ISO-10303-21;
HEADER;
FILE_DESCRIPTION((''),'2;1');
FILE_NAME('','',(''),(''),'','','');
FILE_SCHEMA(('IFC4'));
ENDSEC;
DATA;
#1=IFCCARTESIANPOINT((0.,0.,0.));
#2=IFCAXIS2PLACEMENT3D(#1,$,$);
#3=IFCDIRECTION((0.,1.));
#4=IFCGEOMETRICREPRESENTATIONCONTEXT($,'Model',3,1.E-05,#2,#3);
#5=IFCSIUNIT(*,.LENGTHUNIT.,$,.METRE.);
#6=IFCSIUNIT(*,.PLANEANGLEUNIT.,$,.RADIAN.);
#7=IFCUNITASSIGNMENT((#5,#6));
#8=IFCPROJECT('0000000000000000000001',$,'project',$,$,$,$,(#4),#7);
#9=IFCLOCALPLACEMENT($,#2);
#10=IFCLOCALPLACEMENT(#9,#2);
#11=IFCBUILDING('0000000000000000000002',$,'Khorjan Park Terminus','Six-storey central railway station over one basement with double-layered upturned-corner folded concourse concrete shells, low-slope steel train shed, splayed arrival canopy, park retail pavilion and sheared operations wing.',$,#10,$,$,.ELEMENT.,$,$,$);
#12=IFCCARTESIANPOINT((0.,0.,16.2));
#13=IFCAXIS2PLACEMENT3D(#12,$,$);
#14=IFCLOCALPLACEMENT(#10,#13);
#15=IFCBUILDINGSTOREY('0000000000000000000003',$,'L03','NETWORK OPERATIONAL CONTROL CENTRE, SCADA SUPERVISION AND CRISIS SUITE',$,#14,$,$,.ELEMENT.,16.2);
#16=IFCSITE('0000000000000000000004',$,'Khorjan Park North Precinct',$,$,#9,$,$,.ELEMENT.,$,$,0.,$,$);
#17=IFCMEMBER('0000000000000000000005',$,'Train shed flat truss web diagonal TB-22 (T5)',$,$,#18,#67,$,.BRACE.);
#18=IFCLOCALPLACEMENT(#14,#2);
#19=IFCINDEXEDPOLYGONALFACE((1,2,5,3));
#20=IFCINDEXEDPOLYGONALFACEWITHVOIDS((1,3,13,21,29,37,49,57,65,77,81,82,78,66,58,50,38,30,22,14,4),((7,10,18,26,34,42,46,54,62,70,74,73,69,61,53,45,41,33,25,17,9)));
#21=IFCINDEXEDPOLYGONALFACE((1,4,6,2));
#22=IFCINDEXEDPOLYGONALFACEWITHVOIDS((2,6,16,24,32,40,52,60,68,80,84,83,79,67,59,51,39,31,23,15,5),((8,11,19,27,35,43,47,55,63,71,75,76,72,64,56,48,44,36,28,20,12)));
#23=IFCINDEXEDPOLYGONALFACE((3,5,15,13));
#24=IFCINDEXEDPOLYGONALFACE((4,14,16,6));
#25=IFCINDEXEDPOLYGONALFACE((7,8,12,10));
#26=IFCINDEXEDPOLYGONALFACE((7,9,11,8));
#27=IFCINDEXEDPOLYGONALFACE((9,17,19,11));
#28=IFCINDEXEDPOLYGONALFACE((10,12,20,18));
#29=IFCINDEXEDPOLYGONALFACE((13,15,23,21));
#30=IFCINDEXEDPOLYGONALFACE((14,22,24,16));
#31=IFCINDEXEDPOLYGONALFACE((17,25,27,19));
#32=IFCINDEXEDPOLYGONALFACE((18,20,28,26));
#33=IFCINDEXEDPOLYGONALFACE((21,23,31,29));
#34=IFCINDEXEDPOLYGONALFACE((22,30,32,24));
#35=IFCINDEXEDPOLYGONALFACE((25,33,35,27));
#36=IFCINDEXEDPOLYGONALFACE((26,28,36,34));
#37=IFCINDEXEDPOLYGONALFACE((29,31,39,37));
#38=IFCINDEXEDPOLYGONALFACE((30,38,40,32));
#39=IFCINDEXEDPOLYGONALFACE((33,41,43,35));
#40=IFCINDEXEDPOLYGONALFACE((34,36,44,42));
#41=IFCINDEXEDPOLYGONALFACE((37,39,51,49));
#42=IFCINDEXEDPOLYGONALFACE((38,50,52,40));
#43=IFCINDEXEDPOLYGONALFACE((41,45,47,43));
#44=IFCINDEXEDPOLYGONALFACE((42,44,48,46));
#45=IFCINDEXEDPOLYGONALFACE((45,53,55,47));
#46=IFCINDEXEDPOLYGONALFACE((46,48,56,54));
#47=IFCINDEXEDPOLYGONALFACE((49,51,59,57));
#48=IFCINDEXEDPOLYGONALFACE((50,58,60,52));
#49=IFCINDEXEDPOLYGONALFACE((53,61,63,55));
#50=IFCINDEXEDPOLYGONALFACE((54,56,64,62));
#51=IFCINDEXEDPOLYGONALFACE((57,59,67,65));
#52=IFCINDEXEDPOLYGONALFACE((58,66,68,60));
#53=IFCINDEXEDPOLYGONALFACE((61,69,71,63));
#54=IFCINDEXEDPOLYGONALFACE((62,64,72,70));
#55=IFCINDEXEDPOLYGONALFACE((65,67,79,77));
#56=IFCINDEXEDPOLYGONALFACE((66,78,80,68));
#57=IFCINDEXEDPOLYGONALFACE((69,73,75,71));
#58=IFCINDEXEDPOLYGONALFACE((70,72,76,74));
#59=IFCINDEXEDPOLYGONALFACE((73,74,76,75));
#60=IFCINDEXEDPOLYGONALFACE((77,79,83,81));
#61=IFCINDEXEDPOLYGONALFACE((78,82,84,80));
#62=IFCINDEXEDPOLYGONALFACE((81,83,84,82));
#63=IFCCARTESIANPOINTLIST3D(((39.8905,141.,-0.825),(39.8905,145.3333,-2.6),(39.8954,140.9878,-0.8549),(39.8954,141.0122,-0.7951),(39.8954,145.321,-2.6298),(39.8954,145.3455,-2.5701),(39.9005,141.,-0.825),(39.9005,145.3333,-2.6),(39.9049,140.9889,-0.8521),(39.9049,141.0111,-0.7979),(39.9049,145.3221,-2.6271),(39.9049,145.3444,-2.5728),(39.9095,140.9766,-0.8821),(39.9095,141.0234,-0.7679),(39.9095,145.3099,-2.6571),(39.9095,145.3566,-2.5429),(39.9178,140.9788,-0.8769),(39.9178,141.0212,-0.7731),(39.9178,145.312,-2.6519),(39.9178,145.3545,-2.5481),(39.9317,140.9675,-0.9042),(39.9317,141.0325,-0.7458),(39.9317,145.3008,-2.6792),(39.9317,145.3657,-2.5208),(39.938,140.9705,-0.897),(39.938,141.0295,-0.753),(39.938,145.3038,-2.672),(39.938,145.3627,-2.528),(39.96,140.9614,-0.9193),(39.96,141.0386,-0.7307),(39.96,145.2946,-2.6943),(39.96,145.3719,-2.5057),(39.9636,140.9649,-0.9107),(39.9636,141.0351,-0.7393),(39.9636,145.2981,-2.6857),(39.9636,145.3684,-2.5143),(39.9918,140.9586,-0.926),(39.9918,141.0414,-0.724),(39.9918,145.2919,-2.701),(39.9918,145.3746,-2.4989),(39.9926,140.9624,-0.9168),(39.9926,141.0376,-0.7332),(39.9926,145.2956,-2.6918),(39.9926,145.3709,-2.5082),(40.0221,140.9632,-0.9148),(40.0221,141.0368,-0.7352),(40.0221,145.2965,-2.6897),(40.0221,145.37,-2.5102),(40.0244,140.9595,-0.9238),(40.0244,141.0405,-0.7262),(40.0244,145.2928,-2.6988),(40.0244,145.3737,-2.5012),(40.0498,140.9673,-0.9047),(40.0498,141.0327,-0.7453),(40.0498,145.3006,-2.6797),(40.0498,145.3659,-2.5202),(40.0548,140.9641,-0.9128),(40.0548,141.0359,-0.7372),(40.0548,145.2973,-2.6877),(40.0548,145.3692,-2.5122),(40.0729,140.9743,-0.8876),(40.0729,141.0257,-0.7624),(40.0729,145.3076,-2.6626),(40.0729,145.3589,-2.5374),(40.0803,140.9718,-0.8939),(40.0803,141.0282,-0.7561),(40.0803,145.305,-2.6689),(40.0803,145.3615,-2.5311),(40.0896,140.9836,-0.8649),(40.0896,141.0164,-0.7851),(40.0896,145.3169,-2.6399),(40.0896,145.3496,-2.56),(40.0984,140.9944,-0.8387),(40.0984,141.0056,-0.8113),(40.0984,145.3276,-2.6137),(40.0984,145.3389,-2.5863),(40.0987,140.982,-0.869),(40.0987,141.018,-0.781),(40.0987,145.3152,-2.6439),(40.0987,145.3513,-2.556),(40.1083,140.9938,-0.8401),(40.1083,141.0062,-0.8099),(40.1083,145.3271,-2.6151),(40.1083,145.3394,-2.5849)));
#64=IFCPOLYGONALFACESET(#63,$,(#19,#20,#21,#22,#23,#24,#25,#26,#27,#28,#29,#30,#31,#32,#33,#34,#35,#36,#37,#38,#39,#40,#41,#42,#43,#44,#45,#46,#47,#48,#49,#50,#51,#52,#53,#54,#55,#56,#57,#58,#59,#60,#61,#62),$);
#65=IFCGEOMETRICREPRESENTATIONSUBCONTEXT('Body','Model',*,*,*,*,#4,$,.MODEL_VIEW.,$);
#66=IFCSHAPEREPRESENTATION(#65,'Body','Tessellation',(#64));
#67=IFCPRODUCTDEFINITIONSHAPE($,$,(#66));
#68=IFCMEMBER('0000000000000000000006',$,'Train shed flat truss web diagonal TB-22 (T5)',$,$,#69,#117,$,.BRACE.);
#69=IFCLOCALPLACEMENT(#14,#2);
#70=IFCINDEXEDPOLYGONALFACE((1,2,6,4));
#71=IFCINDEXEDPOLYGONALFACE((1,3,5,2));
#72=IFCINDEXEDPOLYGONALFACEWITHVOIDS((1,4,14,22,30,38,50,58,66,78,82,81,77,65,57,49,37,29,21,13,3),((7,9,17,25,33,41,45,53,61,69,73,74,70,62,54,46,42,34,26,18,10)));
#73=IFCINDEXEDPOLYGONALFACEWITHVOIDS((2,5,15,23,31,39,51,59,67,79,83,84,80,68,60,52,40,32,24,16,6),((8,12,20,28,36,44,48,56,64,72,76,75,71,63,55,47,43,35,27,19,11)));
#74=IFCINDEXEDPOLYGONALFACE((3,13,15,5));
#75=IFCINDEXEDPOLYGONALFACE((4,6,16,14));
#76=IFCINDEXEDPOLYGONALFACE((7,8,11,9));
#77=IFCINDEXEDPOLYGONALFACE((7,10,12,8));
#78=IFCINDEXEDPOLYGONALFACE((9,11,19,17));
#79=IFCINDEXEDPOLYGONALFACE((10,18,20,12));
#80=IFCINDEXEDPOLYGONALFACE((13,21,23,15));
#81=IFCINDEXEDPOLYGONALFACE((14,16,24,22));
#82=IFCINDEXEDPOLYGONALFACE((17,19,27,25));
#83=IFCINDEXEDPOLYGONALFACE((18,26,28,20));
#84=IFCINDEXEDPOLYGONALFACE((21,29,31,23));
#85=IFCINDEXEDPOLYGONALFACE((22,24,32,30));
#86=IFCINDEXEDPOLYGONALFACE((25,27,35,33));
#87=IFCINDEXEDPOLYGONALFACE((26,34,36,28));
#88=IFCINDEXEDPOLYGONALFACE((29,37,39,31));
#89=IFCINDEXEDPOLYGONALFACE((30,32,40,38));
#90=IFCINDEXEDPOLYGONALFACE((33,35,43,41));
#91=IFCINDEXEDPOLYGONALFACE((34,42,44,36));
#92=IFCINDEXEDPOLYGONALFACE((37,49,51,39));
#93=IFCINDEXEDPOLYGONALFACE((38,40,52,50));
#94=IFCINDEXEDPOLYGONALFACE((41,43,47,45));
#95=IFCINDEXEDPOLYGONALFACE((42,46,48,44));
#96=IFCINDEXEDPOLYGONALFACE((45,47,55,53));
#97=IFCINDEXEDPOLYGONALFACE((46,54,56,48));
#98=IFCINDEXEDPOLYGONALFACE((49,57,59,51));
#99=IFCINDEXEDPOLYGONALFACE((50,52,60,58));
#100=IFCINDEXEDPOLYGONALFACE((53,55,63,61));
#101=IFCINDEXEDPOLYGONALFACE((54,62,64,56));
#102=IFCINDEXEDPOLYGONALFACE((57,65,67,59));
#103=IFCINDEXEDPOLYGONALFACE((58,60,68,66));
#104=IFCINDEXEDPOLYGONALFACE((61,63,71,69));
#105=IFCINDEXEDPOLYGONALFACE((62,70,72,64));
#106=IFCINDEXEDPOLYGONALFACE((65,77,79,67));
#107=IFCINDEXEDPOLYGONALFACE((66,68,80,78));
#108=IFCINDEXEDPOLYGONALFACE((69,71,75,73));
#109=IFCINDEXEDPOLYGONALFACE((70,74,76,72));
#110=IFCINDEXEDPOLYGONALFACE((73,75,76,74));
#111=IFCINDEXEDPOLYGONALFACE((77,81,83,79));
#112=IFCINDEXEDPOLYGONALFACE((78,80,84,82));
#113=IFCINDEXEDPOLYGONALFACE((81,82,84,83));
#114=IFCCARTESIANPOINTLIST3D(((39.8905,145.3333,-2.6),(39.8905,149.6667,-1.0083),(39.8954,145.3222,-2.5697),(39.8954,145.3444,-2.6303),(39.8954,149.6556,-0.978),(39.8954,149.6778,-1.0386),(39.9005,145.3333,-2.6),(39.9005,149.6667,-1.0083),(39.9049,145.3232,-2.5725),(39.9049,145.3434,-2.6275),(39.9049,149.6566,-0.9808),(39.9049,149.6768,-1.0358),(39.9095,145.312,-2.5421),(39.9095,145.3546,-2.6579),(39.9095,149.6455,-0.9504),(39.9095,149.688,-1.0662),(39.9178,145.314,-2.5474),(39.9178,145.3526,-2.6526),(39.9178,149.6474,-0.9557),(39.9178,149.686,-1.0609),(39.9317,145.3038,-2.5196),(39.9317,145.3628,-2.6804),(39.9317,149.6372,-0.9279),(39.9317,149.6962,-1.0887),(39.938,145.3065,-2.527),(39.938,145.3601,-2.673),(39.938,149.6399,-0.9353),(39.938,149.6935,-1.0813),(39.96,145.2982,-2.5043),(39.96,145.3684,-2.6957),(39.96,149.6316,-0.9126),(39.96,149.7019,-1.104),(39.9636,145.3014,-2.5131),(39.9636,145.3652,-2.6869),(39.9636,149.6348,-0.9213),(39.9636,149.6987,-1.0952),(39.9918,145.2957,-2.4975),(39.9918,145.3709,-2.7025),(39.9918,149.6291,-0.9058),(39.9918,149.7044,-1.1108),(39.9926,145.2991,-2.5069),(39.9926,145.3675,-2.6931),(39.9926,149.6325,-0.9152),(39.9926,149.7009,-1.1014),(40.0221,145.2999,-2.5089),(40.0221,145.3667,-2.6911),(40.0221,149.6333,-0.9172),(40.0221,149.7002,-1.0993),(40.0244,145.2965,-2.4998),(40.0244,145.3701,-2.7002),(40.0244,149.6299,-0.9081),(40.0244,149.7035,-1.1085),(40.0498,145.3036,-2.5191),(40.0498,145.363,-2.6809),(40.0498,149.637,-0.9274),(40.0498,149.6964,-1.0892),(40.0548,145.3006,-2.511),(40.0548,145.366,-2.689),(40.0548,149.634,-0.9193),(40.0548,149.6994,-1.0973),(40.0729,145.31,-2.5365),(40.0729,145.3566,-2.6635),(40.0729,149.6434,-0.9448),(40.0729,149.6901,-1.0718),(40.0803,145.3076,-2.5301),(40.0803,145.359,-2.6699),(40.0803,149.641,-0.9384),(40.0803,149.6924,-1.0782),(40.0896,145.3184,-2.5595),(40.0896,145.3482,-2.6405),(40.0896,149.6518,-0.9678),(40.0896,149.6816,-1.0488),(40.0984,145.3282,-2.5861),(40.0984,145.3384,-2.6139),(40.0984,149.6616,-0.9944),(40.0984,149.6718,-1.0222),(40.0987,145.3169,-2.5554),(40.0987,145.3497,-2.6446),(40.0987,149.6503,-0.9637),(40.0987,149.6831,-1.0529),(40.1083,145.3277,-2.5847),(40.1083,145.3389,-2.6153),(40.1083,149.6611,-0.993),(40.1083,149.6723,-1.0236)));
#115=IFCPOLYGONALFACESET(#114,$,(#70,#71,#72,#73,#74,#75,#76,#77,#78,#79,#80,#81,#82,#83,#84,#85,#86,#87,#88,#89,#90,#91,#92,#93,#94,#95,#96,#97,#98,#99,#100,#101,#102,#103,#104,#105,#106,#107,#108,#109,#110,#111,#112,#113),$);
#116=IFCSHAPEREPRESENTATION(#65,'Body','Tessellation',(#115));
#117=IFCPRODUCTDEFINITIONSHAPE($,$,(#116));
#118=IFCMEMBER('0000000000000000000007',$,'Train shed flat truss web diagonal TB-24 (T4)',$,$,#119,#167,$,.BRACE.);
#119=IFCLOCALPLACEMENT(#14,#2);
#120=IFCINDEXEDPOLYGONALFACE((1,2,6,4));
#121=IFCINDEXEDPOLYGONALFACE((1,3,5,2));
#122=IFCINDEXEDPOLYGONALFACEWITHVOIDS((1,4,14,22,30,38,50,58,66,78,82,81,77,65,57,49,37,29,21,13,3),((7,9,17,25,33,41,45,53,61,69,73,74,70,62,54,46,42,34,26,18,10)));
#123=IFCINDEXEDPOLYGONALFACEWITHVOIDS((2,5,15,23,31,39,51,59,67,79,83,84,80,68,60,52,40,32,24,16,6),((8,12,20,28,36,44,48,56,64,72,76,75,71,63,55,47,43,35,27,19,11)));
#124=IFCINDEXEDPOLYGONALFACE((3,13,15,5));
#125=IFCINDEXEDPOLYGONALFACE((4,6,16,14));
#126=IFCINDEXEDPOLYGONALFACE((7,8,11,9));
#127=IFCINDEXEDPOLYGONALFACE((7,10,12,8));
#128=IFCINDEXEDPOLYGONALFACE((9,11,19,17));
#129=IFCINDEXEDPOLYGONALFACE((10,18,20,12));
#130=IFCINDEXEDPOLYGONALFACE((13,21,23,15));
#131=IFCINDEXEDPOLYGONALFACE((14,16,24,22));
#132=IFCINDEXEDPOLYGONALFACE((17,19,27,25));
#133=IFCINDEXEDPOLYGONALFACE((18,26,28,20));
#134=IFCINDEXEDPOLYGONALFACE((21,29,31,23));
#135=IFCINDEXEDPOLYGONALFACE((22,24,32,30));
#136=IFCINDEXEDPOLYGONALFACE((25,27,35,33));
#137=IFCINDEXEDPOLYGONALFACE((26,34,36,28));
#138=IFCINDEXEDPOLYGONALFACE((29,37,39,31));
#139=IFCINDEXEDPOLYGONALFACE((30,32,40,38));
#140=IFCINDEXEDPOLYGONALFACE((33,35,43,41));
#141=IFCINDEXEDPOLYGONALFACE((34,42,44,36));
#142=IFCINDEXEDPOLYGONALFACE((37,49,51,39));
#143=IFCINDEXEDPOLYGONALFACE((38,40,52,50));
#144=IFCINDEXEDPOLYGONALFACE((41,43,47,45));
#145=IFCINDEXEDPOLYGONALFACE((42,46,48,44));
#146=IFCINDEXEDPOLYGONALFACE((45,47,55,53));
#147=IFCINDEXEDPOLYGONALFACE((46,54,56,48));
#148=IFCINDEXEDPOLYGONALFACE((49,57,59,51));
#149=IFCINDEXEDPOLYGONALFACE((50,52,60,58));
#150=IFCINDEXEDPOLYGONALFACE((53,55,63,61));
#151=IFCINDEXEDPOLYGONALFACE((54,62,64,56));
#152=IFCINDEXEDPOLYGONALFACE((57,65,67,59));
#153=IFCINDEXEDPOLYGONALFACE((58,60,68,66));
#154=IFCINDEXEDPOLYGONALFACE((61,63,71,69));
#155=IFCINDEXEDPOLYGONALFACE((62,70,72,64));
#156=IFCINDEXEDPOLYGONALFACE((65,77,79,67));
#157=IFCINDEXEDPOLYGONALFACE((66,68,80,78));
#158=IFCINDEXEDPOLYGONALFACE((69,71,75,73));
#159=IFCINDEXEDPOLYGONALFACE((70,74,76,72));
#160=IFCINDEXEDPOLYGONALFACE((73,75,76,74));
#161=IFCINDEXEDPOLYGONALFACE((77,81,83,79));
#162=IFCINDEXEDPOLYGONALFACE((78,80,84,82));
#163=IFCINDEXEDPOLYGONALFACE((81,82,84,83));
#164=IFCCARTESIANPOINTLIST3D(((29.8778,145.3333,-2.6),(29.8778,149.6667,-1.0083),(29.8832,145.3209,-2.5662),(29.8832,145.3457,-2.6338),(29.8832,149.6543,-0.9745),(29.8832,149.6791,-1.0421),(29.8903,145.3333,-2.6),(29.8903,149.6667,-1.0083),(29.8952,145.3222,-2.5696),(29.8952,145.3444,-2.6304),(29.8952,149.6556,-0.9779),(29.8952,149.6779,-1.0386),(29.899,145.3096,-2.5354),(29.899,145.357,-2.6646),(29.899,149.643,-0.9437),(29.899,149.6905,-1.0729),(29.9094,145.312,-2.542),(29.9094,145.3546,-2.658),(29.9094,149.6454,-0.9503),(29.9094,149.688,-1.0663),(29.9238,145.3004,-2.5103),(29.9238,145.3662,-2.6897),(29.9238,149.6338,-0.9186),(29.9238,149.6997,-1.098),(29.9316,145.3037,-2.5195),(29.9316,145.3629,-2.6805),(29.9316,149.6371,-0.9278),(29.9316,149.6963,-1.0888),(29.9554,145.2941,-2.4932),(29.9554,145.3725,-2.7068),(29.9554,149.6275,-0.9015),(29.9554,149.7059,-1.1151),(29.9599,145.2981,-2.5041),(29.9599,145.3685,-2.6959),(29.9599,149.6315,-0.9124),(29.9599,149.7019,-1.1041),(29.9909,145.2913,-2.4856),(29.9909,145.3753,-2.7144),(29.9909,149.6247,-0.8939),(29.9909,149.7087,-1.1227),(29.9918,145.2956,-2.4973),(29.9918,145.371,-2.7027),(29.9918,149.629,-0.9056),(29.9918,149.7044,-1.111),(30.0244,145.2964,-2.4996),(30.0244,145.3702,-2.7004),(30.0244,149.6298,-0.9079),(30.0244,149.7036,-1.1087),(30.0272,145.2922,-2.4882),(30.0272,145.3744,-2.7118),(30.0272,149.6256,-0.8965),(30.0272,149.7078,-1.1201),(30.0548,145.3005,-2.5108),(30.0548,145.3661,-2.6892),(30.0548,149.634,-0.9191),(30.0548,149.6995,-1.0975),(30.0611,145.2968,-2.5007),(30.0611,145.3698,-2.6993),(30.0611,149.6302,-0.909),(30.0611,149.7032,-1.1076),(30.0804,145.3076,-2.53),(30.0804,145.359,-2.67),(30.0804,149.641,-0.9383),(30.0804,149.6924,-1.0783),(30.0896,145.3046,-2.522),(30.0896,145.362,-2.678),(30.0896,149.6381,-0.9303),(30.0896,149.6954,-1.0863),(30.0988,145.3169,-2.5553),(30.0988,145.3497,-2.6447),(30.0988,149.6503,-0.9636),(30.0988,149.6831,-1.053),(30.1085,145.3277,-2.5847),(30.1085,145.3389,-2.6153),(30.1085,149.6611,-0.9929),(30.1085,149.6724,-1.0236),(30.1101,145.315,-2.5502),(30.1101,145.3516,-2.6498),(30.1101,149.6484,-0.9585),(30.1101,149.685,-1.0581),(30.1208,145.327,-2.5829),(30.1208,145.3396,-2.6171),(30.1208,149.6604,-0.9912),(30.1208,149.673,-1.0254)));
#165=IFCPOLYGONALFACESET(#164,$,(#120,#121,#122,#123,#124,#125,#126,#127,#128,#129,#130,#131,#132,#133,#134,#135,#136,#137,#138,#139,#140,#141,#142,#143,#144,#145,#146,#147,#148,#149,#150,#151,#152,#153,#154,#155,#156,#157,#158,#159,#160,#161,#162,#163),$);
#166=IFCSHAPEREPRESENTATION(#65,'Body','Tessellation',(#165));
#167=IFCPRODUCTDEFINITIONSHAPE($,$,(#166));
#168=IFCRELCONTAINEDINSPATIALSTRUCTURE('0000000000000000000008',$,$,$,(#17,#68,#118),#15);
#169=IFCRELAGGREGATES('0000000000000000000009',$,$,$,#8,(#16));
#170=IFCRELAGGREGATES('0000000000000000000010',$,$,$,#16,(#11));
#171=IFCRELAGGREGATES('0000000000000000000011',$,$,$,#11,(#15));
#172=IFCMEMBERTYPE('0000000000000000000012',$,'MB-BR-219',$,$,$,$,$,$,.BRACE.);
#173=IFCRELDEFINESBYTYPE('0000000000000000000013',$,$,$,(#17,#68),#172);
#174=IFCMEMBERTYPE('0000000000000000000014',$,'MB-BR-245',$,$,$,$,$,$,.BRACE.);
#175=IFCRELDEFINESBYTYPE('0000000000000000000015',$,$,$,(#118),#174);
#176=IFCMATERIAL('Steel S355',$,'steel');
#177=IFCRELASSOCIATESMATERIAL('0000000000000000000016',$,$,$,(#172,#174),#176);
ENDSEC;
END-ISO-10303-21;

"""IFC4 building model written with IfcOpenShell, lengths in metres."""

from ifc_helpers import new_model, si_unit, direction, frame, origin, origin_2d, place, context, subcontext, project, spatial, hollow_circle, extrude, material, material_profile, profile_set, type_object, element, save


model = new_model("IFC4")

# Units and contexts
model_context = context("Model", 3, precision=1e-05, world=origin(), true_north=direction((0.0, 1.0)))
body_context = subcontext(model_context, "Body", "Model", "MODEL_VIEW")
ifc_project = project(units=[si_unit("LENGTHUNIT", "METRE"), si_unit("PLANEANGLEUNIT", "RADIAN")], contexts=[model_context])

# Site, building, storey
site_placement = place(None, origin())
site = spatial("IfcSite", under=ifc_project, at=site_placement, Name="Khorjan Park North Precinct", CompositionType="ELEMENT", RefElevation=0.0)
building_placement = place(site_placement, origin())
building = spatial("IfcBuilding", under=site, at=building_placement, Name="Khorjan Park Terminus", Description="Six-storey central railway station over one basement with double-layered upturned-corner folded concourse concrete shells, low-slope steel train shed, splayed arrival canopy, park retail pavilion and sheared operations wing.", CompositionType="ELEMENT")
storey_placement = place(building_placement, frame((0.0, 0.0, 16.2)))
storey = spatial("IfcBuildingStorey", under=building, at=storey_placement, Name="L03", Description="NETWORK OPERATIONAL CONTROL CENTRE, SCADA SUPERVISION AND CRISIS SUITE", CompositionType="ELEMENT", Elevation=16.2)

# Members
ifc_material = material(Name="Steel S355", Category="steel")
ifc_material_profile_1 = material_profile(ifc_material, hollow_circle(Radius=0.1095, WallThickness=0.01, at=origin_2d()), Name="CHS 219.1x10")
ifc_profile_set_1 = profile_set([ifc_material_profile_1], Name="Steel S355")
member_type_1 = type_object("IfcMemberType", Name="MB-BR-219", PredefinedType="BRACE", material=ifc_profile_set_1)
member_1_placement = place(storey_placement, frame((40.0, 141.0, -0.825), z_axis=(0.0, 0.925376, -0.379051), x_axis=(-1.0, 0.0, 0.0)))
element("IfcMember", 1, at=member_1_placement, inside=storey, type_object=member_type_1, Name="Train shed flat truss web diagonal TB-22 (T5)", PredefinedType="BRACE", context=body_context, shape_type="SweptSolid", body=[
    extrude(hollow_circle(Radius=0.1095, WallThickness=0.01, at=origin_2d()), origin(), (0.0, 0.0, 1.0), 4.6827),
])
member_2_placement = place(storey_placement, frame((40.0, 145.3333, -2.6), z_axis=(0.0, 0.938681, 0.344787), x_axis=(-1.0, 0.0, 0.0)))
element("IfcMember", 2, at=member_2_placement, inside=storey, type_object=member_type_1, Name="Train shed flat truss web diagonal TB-22 (T5)", PredefinedType="BRACE", context=body_context, shape_type="SweptSolid", body=[
    extrude(hollow_circle(Radius=0.1095, WallThickness=0.01, at=origin_2d()), origin(), (0.0, 0.0, 1.0), 4.6165),
])
ifc_material_profile_2 = material_profile(ifc_material, hollow_circle(Radius=0.1222, WallThickness=0.0125, at=origin_2d()), Name="CHS 244.5x12.5")
ifc_profile_set_2 = profile_set([ifc_material_profile_2], Name="Steel S355")
member_type_2 = type_object("IfcMemberType", Name="MB-BR-245", PredefinedType="BRACE", material=ifc_profile_set_2)
member_3_placement = place(storey_placement, frame((30.0, 145.3333, -2.6), z_axis=(0.0, 0.938681, 0.344787), x_axis=(-1.0, 0.0, 0.0)))
element("IfcMember", 3, at=member_3_placement, inside=storey, type_object=member_type_2, Name="Train shed flat truss web diagonal TB-24 (T4)", PredefinedType="BRACE", context=body_context, shape_type="SweptSolid", body=[
    extrude(hollow_circle(Radius=0.1222, WallThickness=0.0125, at=origin_2d()), origin(), (0.0, 0.0, 1.0), 4.6165),
])

save(model, "model.ifc")
